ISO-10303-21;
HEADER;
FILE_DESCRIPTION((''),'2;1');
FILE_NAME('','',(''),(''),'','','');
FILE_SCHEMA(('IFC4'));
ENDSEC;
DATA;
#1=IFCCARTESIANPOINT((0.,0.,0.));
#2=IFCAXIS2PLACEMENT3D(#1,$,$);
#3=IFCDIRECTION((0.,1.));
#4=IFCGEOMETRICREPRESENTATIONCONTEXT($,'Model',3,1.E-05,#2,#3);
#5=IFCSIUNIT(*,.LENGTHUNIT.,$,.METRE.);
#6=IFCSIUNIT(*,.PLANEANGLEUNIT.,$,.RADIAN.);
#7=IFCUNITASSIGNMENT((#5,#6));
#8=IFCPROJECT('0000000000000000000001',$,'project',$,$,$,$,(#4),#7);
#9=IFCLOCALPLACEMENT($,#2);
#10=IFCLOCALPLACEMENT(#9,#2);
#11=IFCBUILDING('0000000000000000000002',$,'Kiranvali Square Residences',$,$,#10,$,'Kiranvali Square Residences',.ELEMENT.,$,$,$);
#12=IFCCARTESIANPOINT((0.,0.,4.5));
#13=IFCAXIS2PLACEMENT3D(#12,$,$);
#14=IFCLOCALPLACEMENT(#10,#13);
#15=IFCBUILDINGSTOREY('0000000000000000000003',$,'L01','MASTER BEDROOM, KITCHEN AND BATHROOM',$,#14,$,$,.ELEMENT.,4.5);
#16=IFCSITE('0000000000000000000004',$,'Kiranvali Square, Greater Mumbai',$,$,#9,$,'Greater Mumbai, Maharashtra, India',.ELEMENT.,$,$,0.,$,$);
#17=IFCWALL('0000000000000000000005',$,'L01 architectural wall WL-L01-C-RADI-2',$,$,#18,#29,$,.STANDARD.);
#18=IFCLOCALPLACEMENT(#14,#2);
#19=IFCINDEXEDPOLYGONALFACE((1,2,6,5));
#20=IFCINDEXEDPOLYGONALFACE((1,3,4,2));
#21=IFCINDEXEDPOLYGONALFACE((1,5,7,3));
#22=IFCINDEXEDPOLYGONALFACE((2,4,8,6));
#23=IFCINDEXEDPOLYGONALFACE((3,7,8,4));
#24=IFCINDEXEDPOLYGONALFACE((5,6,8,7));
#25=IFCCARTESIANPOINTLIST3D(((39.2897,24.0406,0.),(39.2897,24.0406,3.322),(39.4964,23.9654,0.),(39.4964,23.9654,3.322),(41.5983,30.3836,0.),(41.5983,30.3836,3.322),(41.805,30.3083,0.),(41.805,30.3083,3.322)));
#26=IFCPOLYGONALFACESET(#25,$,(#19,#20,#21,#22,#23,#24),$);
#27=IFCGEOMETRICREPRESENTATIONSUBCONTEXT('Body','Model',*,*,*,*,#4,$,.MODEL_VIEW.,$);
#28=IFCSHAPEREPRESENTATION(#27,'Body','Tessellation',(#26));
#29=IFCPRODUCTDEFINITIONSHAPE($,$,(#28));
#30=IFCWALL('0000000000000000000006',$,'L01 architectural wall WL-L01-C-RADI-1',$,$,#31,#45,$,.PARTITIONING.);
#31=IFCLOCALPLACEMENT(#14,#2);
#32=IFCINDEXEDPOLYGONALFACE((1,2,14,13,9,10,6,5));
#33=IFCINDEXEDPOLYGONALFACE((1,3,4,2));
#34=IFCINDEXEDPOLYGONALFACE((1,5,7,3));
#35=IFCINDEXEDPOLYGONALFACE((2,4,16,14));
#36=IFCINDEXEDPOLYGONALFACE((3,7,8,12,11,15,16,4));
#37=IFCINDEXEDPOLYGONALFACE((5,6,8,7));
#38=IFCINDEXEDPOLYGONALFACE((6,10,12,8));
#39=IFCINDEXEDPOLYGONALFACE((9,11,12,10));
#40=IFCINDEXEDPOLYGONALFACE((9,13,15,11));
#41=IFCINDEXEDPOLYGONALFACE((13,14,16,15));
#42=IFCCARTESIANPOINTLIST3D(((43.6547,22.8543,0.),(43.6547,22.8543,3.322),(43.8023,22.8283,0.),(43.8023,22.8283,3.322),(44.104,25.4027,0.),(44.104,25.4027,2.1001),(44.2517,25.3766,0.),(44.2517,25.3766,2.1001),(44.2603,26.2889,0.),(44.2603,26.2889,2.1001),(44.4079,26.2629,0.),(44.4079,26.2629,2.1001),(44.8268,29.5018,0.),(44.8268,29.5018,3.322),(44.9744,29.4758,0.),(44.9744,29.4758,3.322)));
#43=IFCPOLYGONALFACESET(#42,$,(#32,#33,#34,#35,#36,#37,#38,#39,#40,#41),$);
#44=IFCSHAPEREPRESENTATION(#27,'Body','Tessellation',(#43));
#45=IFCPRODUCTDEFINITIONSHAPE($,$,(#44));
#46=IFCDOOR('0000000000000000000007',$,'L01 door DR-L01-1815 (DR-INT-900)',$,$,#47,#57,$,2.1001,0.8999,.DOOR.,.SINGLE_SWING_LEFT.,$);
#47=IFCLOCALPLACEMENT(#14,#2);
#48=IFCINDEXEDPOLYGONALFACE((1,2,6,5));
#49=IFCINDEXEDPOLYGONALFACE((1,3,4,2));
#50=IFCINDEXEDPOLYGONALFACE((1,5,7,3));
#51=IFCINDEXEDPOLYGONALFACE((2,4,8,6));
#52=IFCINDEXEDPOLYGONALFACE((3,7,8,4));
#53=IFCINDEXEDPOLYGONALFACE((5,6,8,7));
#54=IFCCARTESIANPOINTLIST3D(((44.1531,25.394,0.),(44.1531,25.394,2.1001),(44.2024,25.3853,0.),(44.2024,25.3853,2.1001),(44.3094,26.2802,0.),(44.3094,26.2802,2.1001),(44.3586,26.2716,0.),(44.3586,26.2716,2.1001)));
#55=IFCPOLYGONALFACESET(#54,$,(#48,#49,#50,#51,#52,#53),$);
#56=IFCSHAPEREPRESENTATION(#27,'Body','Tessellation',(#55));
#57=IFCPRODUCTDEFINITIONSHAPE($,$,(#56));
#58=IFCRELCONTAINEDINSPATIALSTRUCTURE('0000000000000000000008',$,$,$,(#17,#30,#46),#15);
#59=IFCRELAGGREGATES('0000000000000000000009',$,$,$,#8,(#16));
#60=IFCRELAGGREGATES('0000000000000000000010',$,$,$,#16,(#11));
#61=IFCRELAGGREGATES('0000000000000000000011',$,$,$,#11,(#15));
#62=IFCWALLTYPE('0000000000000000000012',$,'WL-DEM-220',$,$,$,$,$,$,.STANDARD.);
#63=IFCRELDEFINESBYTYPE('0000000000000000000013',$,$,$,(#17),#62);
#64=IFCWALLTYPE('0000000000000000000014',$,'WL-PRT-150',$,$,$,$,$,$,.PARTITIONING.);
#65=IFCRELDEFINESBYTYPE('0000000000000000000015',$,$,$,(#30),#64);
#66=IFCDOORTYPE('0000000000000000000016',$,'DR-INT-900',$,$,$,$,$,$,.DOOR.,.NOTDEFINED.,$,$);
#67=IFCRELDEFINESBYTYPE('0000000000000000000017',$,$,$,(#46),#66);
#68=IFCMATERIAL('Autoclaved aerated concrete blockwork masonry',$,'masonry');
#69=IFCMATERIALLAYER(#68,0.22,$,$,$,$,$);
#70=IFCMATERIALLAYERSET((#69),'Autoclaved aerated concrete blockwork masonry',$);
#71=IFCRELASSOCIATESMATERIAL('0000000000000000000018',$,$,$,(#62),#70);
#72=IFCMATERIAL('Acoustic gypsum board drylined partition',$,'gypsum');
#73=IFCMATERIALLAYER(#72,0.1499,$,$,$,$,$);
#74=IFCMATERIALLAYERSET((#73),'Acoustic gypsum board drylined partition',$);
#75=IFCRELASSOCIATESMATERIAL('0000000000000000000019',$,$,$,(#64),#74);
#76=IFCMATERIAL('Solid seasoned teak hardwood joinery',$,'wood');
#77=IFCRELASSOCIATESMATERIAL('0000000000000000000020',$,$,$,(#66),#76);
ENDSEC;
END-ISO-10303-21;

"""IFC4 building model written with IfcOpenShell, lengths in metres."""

from ifc_helpers import new_model, si_unit, direction, frame, frame_2d, origin, place, context, subcontext, project, spatial, rectangle, extrude, material, layer, layer_set, type_object, element, fill, save


model = new_model("IFC4")

# Units and contexts
model_context = context("Model", 3, precision=1e-05, world=origin(), true_north=direction((0.0, 1.0)))
body_context = subcontext(model_context, "Body", "Model", "MODEL_VIEW")
ifc_project = project(units=[si_unit("LENGTHUNIT", "METRE"), si_unit("PLANEANGLEUNIT", "RADIAN")], contexts=[model_context])

# Site, building, storey
site_placement = place(None, origin())
site = spatial("IfcSite", under=ifc_project, at=site_placement, Name="Kiranvali Square, Greater Mumbai", LongName="Greater Mumbai, Maharashtra, India", CompositionType="ELEMENT", RefElevation=0.0)
building_placement = place(site_placement, origin())
building = spatial("IfcBuilding", under=site, at=building_placement, Name="Kiranvali Square Residences", LongName="Kiranvali Square Residences", CompositionType="ELEMENT")
storey_placement = place(building_placement, frame((0.0, 0.0, 4.5)))
storey = spatial("IfcBuildingStorey", under=building, at=storey_placement, Name="L01", Description="MASTER BEDROOM, KITCHEN AND BATHROOM", CompositionType="ELEMENT", Elevation=4.5)

# Wall
ifc_material_1 = material(Name="Autoclaved aerated concrete blockwork masonry", Category="masonry")
ifc_layer_1 = layer(ifc_material_1, 0.22)
ifc_layer_set_1 = layer_set([ifc_layer_1], Name="Autoclaved aerated concrete blockwork masonry")
wall_type_1 = type_object("IfcWallType", Name="WL-DEM-220", PredefinedType="STANDARD", material=ifc_layer_set_1)
wall_1_placement = place(storey_placement, frame((41.7017, 30.3459, 0.0), z_axis=(0.0, 0.0, 1.0), x_axis=(-0.34201, -0.939696, 0.0)))
element("IfcWall", 1, at=wall_1_placement, inside=storey, type_object=wall_type_1, Name="L01 architectural wall WL-L01-C-RADI-2", PredefinedType="STANDARD", context=body_context, shape_type="SweptSolid", body=[
    extrude(rectangle(XDim=6.75, YDim=0.22, at=frame_2d((3.375, 0.0))), origin(), (0.0, 0.0, 1.0), 3.322),
])

# Wall, opening, door
ifc_material_2 = material(Name="Acoustic gypsum board drylined partition", Category="gypsum")
ifc_layer_2 = layer(ifc_material_2, 0.1499)
ifc_layer_set_2 = layer_set([ifc_layer_2], Name="Acoustic gypsum board drylined partition")
wall_type_2 = type_object("IfcWallType", Name="WL-PRT-150", PredefinedType="PARTITIONING", material=ifc_layer_set_2)
wall_2_placement = place(storey_placement, frame((44.9006, 29.4888, 0.0), z_axis=(0.0, 0.0, 1.0), x_axis=(-0.173647, -0.984808, 0.0)))
wall_2 = element("IfcWall", 2, at=wall_2_placement, inside=storey, type_object=wall_type_2, Name="L01 architectural wall WL-L01-C-RADI-1", PredefinedType="PARTITIONING", context=body_context, shape_type="SweptSolid", body=[
    extrude(rectangle(XDim=6.75, YDim=0.1499, at=frame_2d((3.375, 0.0))), origin(), (0.0, 0.0, 1.0), 3.322),
])
opening_placement = place(wall_2_placement, frame((3.2625, 0.0, 0.0)))
opening = element("IfcOpeningElement", 3, at=opening_placement, cuts=wall_2, PredefinedType="OPENING", context=body_context, shape_type="SweptSolid", body=[
    extrude(rectangle(XDim=0.8999, YDim=2.1001, at=frame_2d((0.45, 1.05))), frame((0.0, 0.085, 0.0), z_axis=(0.0, -1.0, 0.0), x_axis=(1.0, 0.0, 0.0)), (0.0, 0.0, 1.0), 0.1699),
])
ifc_material_3 = material(Name="Solid seasoned teak hardwood joinery", Category="wood")
door_type = type_object("IfcDoorType", Name="DR-INT-900", OperationType="NOTDEFINED", PredefinedType="DOOR", material=ifc_material_3)
door_placement = place(opening_placement, origin())
door = element("IfcDoor", 4, at=door_placement, inside=storey, type_object=door_type, Name="L01 door DR-L01-1815 (DR-INT-900)", OperationType="SINGLE_SWING_LEFT", OverallHeight=2.1001, OverallWidth=0.8999, PredefinedType="DOOR", context=body_context, shape_type="SweptSolid", body=[
    extrude(rectangle(XDim=0.8999, YDim=2.1001, at=frame_2d((0.45, 1.05))), frame((0.0, 0.0249, 0.0), z_axis=(0.0, -1.0, 0.0), x_axis=(1.0, 0.0, 0.0)), (0.0, 0.0, 1.0), 0.05),
])
fill(opening, door)

save(model, "model.ifc")
